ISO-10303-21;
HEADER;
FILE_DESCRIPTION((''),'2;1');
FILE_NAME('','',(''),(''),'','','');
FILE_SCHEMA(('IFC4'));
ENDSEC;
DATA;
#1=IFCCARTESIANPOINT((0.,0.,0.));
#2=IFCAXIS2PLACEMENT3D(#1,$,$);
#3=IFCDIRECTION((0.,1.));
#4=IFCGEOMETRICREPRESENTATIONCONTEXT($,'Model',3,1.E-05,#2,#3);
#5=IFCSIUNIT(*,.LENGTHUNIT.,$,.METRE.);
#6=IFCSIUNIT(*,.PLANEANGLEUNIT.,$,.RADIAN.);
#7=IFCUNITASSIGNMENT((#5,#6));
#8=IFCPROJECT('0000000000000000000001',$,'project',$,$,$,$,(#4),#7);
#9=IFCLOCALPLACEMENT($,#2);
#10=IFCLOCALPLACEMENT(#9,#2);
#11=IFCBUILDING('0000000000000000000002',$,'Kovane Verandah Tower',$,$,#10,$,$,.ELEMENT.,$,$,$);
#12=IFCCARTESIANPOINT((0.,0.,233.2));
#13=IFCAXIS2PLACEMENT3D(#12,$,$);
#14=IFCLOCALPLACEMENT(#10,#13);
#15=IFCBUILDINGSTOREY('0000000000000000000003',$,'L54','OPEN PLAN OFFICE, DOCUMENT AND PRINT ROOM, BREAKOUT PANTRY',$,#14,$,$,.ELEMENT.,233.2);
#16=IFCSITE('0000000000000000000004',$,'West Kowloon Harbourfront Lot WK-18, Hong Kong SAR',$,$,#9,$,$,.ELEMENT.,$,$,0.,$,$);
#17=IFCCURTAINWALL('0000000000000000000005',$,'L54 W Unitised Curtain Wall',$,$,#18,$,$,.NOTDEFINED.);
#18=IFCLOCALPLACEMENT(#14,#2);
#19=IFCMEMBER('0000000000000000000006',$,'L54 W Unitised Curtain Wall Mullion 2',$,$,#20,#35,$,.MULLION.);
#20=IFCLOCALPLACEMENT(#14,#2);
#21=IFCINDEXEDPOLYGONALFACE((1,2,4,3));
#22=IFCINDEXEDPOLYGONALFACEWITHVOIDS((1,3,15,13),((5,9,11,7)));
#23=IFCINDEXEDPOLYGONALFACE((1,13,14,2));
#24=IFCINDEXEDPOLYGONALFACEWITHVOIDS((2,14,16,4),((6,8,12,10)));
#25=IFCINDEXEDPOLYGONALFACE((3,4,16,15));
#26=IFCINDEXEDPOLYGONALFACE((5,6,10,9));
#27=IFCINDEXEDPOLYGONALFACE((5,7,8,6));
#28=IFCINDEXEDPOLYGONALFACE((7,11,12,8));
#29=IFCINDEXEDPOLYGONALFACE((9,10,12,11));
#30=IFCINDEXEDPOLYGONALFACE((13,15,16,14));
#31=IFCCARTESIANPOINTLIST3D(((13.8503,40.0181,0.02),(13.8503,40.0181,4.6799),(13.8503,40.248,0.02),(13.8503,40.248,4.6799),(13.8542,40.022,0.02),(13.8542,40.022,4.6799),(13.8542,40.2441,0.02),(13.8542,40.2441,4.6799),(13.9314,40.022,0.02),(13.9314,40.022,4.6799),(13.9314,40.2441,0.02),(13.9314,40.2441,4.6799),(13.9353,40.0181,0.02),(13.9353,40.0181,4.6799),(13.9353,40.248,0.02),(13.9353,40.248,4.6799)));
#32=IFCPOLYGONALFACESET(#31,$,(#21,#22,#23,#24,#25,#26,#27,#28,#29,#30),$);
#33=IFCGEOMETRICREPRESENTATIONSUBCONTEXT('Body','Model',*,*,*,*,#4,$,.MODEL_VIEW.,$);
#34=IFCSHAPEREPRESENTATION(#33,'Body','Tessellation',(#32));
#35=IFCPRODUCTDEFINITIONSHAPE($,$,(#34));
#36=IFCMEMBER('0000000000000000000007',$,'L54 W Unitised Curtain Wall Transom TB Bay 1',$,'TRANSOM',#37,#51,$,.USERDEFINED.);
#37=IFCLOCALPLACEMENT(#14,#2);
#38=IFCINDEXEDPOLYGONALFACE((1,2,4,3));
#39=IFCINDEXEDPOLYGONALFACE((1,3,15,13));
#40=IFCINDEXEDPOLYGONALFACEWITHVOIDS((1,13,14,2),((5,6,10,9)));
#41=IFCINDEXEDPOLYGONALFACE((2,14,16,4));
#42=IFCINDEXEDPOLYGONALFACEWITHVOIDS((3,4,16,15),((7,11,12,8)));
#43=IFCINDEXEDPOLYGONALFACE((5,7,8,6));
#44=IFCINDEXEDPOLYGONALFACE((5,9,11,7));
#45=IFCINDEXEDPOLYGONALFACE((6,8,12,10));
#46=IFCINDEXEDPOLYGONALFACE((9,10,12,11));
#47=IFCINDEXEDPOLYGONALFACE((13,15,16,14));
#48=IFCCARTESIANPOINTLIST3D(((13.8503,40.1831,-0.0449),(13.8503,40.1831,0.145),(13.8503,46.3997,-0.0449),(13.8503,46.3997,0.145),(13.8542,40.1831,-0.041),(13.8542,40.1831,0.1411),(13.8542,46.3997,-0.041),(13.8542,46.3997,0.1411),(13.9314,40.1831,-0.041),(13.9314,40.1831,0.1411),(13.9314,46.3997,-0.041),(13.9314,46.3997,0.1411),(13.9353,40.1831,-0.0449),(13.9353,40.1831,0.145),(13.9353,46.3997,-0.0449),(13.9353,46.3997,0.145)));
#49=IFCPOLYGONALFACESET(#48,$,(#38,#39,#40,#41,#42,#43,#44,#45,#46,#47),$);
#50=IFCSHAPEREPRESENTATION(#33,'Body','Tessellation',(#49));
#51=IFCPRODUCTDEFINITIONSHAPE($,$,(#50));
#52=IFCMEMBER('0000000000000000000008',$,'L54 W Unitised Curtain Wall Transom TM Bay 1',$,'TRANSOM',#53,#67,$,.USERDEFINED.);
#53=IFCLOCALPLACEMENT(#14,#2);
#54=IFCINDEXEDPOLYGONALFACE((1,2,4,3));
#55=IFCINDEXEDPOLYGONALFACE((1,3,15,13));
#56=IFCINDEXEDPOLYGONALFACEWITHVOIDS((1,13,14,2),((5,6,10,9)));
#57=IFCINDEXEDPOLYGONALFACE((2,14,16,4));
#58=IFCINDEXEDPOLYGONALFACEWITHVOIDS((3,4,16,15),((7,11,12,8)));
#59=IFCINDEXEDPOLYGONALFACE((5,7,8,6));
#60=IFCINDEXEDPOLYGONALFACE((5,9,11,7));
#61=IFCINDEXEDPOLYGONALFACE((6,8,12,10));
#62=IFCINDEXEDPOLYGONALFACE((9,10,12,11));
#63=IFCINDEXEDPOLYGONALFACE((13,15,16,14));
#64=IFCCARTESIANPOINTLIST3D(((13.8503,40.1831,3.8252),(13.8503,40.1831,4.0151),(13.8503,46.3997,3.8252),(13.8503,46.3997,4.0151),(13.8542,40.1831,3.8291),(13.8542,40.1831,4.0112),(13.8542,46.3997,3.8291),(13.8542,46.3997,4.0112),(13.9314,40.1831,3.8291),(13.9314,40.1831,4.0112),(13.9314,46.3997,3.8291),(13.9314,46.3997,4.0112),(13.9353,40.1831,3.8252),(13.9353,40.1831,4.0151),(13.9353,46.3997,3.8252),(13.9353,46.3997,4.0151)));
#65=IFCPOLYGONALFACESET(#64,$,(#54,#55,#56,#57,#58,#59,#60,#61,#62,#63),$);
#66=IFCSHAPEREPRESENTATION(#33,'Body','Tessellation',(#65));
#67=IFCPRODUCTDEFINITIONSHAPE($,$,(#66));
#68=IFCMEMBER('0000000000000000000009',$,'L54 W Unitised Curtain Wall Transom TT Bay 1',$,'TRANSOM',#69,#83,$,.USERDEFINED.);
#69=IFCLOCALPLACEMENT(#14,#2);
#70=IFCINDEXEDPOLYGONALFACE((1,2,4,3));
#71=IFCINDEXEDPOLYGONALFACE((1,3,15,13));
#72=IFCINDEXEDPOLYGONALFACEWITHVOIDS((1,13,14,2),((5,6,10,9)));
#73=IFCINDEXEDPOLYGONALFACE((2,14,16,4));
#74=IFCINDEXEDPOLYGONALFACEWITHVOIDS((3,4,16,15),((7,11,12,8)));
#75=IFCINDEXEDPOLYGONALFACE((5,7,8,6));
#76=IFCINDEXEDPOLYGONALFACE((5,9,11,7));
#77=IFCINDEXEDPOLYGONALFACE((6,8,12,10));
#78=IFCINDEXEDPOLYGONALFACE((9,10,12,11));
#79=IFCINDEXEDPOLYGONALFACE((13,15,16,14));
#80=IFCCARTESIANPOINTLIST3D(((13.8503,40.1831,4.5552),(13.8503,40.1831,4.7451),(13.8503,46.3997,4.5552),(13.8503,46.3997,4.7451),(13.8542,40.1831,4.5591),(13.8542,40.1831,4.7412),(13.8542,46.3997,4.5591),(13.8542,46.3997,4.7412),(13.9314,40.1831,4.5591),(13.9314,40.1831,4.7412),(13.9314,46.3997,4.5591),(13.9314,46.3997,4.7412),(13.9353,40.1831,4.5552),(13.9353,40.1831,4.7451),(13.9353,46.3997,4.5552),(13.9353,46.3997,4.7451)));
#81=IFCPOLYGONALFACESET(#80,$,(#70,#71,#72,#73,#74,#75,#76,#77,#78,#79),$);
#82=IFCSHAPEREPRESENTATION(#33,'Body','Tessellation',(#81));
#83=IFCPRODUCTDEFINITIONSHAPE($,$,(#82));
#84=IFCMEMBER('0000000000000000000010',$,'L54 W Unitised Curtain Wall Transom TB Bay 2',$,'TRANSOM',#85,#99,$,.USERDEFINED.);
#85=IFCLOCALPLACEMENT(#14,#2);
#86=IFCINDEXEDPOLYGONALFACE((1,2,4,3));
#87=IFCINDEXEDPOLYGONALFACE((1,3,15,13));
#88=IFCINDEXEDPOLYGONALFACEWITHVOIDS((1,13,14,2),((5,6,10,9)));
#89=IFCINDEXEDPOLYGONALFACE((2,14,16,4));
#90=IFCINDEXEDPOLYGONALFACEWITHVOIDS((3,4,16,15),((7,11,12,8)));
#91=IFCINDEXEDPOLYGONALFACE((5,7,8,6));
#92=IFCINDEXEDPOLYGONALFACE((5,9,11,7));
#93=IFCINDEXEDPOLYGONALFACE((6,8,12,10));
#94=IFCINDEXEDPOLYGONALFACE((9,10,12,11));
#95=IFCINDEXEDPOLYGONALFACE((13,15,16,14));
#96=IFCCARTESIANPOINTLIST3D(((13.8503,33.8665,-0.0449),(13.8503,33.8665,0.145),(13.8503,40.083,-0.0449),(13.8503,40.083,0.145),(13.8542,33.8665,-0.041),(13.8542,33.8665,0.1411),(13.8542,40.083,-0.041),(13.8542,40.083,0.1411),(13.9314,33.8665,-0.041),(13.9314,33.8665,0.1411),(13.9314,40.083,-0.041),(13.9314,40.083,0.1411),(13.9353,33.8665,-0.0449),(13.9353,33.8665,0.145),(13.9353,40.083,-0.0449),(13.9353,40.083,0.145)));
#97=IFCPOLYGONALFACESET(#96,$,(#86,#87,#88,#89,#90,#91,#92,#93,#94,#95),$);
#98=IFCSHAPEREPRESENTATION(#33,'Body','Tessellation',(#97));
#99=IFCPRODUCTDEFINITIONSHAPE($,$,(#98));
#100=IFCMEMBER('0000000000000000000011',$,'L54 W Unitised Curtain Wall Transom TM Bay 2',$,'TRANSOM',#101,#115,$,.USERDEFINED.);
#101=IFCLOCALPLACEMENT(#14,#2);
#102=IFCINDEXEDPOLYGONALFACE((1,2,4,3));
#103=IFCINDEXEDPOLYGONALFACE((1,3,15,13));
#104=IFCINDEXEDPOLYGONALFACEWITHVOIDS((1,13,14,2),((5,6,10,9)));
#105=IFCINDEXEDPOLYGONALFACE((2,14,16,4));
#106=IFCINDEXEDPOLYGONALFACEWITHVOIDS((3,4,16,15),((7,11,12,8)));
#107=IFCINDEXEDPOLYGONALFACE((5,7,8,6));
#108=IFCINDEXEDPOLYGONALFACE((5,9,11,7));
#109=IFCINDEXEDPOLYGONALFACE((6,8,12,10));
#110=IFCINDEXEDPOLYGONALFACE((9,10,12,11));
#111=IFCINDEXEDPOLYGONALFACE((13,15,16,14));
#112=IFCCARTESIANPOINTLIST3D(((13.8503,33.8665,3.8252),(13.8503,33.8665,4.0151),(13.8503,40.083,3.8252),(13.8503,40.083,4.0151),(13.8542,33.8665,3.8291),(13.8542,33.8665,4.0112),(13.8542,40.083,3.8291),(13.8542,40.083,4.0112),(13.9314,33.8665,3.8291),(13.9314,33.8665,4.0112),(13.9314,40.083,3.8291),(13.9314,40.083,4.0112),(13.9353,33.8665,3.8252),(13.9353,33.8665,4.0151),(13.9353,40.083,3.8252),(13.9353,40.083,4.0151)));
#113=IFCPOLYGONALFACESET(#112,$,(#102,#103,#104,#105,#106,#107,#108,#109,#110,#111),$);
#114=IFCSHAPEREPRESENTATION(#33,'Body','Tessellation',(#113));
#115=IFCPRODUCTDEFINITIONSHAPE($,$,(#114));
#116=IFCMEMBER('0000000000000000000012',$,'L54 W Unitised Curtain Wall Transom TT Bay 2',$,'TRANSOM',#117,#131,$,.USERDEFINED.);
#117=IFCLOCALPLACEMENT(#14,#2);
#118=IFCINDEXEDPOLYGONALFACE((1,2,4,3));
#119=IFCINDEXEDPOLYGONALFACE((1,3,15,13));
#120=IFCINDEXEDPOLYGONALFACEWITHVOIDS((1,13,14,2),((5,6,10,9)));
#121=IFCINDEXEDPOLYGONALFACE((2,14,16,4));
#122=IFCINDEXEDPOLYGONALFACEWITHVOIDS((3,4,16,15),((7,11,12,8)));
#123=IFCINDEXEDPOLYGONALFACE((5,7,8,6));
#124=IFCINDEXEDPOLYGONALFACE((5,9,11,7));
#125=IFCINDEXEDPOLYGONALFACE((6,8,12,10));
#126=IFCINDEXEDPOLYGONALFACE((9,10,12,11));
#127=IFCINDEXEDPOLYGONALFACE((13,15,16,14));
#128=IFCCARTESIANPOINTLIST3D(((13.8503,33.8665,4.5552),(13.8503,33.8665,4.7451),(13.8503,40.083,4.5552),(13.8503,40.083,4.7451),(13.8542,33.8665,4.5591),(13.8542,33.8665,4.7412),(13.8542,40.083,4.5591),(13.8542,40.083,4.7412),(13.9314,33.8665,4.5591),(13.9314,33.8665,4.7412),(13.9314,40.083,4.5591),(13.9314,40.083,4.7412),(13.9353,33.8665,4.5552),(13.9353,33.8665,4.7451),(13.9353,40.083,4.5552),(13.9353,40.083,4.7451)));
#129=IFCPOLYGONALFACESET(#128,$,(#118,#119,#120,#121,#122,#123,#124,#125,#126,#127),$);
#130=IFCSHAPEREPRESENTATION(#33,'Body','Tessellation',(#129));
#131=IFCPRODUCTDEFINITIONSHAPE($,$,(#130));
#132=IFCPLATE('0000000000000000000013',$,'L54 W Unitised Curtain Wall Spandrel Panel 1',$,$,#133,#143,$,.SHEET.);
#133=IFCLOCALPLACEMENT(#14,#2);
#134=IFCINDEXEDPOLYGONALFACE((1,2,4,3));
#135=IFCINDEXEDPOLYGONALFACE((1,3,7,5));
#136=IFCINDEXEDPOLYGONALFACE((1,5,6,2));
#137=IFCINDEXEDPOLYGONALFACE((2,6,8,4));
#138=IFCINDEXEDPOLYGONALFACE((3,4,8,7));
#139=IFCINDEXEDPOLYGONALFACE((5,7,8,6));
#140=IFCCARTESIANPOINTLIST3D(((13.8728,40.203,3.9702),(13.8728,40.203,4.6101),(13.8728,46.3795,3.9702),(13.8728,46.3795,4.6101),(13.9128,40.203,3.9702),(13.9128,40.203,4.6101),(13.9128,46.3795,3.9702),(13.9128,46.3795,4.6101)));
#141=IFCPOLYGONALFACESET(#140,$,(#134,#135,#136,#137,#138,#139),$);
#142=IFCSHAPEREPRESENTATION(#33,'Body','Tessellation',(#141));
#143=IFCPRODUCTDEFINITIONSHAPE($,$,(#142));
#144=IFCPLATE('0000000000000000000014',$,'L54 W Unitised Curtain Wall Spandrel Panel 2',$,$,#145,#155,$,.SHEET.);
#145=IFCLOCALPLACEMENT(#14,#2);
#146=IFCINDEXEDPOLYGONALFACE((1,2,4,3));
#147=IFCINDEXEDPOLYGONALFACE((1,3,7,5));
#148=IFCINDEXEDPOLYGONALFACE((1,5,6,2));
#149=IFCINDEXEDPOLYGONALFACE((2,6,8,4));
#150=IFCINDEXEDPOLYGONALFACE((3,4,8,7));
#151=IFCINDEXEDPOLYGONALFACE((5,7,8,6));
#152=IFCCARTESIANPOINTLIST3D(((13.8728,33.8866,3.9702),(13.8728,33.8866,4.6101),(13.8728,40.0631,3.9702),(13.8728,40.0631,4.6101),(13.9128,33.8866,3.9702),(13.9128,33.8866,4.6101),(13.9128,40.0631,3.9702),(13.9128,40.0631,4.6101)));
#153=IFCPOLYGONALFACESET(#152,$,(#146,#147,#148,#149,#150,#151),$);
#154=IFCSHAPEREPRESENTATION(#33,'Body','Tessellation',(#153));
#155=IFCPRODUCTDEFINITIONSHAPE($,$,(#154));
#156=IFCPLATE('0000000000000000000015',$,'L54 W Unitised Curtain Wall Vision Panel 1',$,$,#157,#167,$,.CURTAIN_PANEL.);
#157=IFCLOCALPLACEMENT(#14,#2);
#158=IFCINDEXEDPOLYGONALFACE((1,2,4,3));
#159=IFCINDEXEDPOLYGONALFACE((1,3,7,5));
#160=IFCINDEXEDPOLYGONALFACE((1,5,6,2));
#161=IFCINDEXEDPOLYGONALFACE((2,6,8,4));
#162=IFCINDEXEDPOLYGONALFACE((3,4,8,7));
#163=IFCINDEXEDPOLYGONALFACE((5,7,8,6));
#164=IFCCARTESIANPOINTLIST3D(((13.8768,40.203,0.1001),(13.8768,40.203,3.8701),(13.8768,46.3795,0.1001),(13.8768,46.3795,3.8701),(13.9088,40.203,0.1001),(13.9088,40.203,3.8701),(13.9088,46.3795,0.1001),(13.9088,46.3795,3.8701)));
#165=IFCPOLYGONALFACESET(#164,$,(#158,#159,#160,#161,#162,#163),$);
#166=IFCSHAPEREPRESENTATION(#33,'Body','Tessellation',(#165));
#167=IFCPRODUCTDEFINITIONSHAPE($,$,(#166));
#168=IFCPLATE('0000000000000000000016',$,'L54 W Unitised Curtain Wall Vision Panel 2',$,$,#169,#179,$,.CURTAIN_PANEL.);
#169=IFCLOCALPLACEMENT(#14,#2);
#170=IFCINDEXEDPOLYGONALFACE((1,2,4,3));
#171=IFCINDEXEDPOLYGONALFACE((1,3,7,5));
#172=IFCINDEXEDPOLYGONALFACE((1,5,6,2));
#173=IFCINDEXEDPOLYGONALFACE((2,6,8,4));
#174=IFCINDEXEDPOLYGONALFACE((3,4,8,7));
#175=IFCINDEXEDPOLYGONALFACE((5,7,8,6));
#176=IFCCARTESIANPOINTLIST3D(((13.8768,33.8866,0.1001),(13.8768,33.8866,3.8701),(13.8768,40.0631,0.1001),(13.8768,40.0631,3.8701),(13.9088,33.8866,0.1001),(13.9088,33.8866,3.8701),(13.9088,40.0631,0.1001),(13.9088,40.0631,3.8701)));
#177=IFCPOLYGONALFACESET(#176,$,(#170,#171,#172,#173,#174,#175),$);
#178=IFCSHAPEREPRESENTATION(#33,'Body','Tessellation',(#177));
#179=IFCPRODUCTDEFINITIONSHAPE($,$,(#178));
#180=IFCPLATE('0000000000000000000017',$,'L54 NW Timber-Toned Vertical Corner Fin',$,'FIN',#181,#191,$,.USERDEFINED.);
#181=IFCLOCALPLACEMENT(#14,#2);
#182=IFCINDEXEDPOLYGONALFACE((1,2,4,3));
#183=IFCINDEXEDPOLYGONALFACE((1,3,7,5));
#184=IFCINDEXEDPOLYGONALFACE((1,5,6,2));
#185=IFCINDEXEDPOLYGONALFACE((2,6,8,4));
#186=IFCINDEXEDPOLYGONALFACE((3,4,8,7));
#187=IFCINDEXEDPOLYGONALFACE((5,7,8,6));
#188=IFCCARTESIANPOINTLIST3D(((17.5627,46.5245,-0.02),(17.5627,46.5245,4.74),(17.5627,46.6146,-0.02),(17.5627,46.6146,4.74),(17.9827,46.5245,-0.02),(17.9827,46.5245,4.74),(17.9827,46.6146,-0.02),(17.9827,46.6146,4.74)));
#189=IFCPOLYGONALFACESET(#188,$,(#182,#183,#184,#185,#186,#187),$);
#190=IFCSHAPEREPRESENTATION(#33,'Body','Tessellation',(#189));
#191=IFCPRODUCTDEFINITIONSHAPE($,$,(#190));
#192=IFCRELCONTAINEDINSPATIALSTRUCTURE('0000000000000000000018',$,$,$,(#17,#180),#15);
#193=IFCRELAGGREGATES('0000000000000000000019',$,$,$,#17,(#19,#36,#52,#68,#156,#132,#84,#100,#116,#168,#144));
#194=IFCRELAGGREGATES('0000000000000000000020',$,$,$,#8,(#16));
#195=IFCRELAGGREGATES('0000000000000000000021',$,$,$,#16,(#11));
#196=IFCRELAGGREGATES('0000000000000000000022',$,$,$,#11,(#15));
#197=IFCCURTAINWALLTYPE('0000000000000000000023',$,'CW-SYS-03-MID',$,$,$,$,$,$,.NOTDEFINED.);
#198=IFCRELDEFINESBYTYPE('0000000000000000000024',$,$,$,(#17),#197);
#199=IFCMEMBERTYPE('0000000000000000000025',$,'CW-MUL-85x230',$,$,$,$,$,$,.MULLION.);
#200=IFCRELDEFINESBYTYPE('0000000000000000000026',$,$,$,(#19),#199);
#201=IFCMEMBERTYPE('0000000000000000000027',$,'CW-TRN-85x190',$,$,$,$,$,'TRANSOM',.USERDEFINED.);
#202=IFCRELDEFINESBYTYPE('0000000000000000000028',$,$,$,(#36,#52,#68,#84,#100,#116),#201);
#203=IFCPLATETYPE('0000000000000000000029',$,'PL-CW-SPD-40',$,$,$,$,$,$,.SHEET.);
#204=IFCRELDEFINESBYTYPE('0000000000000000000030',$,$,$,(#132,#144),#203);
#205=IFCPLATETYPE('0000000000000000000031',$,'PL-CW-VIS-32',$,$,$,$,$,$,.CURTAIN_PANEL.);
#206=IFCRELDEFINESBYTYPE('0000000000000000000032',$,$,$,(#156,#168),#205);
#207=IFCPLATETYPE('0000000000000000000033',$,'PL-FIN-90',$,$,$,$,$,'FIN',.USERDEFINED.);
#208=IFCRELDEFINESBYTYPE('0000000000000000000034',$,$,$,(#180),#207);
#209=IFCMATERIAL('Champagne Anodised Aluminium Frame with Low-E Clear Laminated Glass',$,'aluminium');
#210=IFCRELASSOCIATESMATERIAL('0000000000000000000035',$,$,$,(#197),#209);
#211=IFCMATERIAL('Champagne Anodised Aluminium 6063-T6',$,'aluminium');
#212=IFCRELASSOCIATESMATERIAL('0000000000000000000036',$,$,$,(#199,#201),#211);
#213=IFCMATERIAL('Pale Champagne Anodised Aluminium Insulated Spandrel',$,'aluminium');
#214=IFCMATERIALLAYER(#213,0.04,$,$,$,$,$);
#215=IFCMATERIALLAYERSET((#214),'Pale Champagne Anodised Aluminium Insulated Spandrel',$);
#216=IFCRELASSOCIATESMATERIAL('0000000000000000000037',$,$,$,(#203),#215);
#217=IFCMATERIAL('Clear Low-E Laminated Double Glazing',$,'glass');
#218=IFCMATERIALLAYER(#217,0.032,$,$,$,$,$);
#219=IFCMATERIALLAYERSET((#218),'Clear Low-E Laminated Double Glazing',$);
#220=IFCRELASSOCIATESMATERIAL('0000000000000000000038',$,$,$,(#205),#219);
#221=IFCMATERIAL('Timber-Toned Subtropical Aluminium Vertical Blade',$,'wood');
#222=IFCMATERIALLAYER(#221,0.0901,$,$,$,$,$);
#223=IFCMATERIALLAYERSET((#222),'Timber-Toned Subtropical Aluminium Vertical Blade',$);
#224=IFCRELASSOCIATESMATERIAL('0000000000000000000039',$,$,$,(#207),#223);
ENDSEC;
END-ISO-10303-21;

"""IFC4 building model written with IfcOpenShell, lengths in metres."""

from ifc_helpers import new_model, si_unit, direction, frame, origin, origin_2d, place, context, subcontext, project, spatial, rectangle, hollow_rectangle, extrude, material, layer, layer_set, material_profile, profile_set, type_object, element, aggregate, save


model = new_model("IFC4")

# Units and contexts
model_context = context("Model", 3, precision=1e-05, world=origin(), true_north=direction((0.0, 1.0)))
body_context = subcontext(model_context, "Body", "Model", "MODEL_VIEW")
ifc_project = project(units=[si_unit("LENGTHUNIT", "METRE"), si_unit("PLANEANGLEUNIT", "RADIAN")], contexts=[model_context])

# Site, building, storey
site_placement = place(None, origin())
site = spatial("IfcSite", under=ifc_project, at=site_placement, Name="West Kowloon Harbourfront Lot WK-18, Hong Kong SAR", CompositionType="ELEMENT", RefElevation=0.0)
building_placement = place(site_placement, origin())
building = spatial("IfcBuilding", under=site, at=building_placement, Name="Kovane Verandah Tower", CompositionType="ELEMENT")
storey_placement = place(building_placement, frame((0.0, 0.0, 233.2)))
storey = spatial("IfcBuildingStorey", under=building, at=storey_placement, Name="L54", Description="OPEN PLAN OFFICE, DOCUMENT AND PRINT ROOM, BREAKOUT PANTRY", CompositionType="ELEMENT", Elevation=233.2)

# Curtain wall, members, plates
ifc_material_1 = material(Name="Champagne Anodised Aluminium Frame with Low-E Clear Laminated Glass", Category="aluminium")
curtain_wall_type = type_object("IfcCurtainWallType", Name="CW-SYS-03-MID", PredefinedType="NOTDEFINED", material=ifc_material_1)
curtain_wall_placement = place(storey_placement, origin())
curtain_wall = element("IfcCurtainWall", 1, at=curtain_wall_placement, inside=storey, type_object=curtain_wall_type, Name="L54 W Unitised Curtain Wall", PredefinedType="NOTDEFINED")
ifc_material_2 = material(Name="Champagne Anodised Aluminium 6063-T6", Category="aluminium")
ifc_material_profile_1 = material_profile(ifc_material_2, hollow_rectangle(XDim=0.085, YDim=0.23, WallThickness=0.0039, at=origin_2d()), Name="AL85x230x4")
ifc_profile_set_1 = profile_set([ifc_material_profile_1], Name="Champagne Anodised Aluminium 6063-T6")
member_type_1 = type_object("IfcMemberType", Name="CW-MUL-85x230", PredefinedType="MULLION", material=ifc_profile_set_1)
member_1_placement = place(storey_placement, frame((13.8928, 40.1331, 0.02), z_axis=(0.0, 0.0, 1.0), x_axis=(-1.0, 0.0, 0.0)))
member_1 = element("IfcMember", 2, at=member_1_placement, type_object=member_type_1, Name="L54 W Unitised Curtain Wall Mullion 2", PredefinedType="MULLION", context=body_context, shape_type="SweptSolid", body=[
    extrude(hollow_rectangle(XDim=0.085, YDim=0.23, WallThickness=0.0039, at=origin_2d()), origin(), (0.0, 0.0, 1.0), 4.6599),
])
ifc_material_profile_2 = material_profile(ifc_material_2, hollow_rectangle(XDim=0.085, YDim=0.1899, WallThickness=0.0039, at=origin_2d()), Name="AL85x190x4")
ifc_profile_set_2 = profile_set([ifc_material_profile_2], Name="Champagne Anodised Aluminium 6063-T6")
member_type_2 = type_object("IfcMemberType", Name="CW-TRN-85x190", ElementType="TRANSOM", PredefinedType="USERDEFINED", material=ifc_profile_set_2)
member_2_placement = place(storey_placement, frame((13.8928, 46.3997, 0.05), z_axis=(0.0, -1.0, 0.0), x_axis=(1.0, 0.0, 0.0)))
member_2 = element("IfcMember", 3, at=member_2_placement, type_object=member_type_2, Name="L54 W Unitised Curtain Wall Transom TB Bay 1", ObjectType="TRANSOM", PredefinedType="USERDEFINED", context=body_context, shape_type="SweptSolid", body=[
    extrude(hollow_rectangle(XDim=0.085, YDim=0.1899, WallThickness=0.0039, at=origin_2d()), origin(), (0.0, 0.0, 1.0), 6.2166),
])
member_3_placement = place(storey_placement, frame((13.8928, 46.3997, 3.9202), z_axis=(0.0, -1.0, 0.0), x_axis=(1.0, 0.0, 0.0)))
member_3 = element("IfcMember", 4, at=member_3_placement, type_object=member_type_2, Name="L54 W Unitised Curtain Wall Transom TM Bay 1", ObjectType="TRANSOM", PredefinedType="USERDEFINED", context=body_context, shape_type="SweptSolid", body=[
    extrude(hollow_rectangle(XDim=0.085, YDim=0.1899, WallThickness=0.0039, at=origin_2d()), origin(), (0.0, 0.0, 1.0), 6.2166),
])
member_4_placement = place(storey_placement, frame((13.8928, 46.3997, 4.6501), z_axis=(0.0, -1.0, 0.0), x_axis=(1.0, 0.0, 0.0)))
member_4 = element("IfcMember", 5, at=member_4_placement, type_object=member_type_2, Name="L54 W Unitised Curtain Wall Transom TT Bay 1", ObjectType="TRANSOM", PredefinedType="USERDEFINED", context=body_context, shape_type="SweptSolid", body=[
    extrude(hollow_rectangle(XDim=0.085, YDim=0.1899, WallThickness=0.0039, at=origin_2d()), origin(), (0.0, 0.0, 1.0), 6.2166),
])
member_5_placement = place(storey_placement, frame((13.8928, 40.083, 0.05), z_axis=(0.0, -1.0, 0.0), x_axis=(1.0, 0.0, 0.0)))
member_5 = element("IfcMember", 6, at=member_5_placement, type_object=member_type_2, Name="L54 W Unitised Curtain Wall Transom TB Bay 2", ObjectType="TRANSOM", PredefinedType="USERDEFINED", context=body_context, shape_type="SweptSolid", body=[
    extrude(hollow_rectangle(XDim=0.085, YDim=0.1899, WallThickness=0.0039, at=origin_2d()), origin(), (0.0, 0.0, 1.0), 6.2166),
])
member_6_placement = place(storey_placement, frame((13.8928, 40.083, 3.9202), z_axis=(0.0, -1.0, 0.0), x_axis=(1.0, 0.0, 0.0)))
member_6 = element("IfcMember", 7, at=member_6_placement, type_object=member_type_2, Name="L54 W Unitised Curtain Wall Transom TM Bay 2", ObjectType="TRANSOM", PredefinedType="USERDEFINED", context=body_context, shape_type="SweptSolid", body=[
    extrude(hollow_rectangle(XDim=0.085, YDim=0.1899, WallThickness=0.0039, at=origin_2d()), origin(), (0.0, 0.0, 1.0), 6.2166),
])
member_7_placement = place(storey_placement, frame((13.8928, 40.083, 4.6501), z_axis=(0.0, -1.0, 0.0), x_axis=(1.0, 0.0, 0.0)))
member_7 = element("IfcMember", 8, at=member_7_placement, type_object=member_type_2, Name="L54 W Unitised Curtain Wall Transom TT Bay 2", ObjectType="TRANSOM", PredefinedType="USERDEFINED", context=body_context, shape_type="SweptSolid", body=[
    extrude(hollow_rectangle(XDim=0.085, YDim=0.1899, WallThickness=0.0039, at=origin_2d()), origin(), (0.0, 0.0, 1.0), 6.2166),
])
ifc_material_3 = material(Name="Pale Champagne Anodised Aluminium Insulated Spandrel", Category="aluminium")
ifc_layer_1 = layer(ifc_material_3, 0.04)
ifc_layer_set_1 = layer_set([ifc_layer_1], Name="Pale Champagne Anodised Aluminium Insulated Spandrel")
plate_type_1 = type_object("IfcPlateType", Name="PL-CW-SPD-40", PredefinedType="SHEET", material=ifc_layer_set_1)
plate_1_placement = place(storey_placement, frame((13.8928, 43.2913, 3.9702), z_axis=(0.0, 0.0, 1.0), x_axis=(0.0, -1.0, 0.0)))
plate_1 = element("IfcPlate", 9, at=plate_1_placement, type_object=plate_type_1, Name="L54 W Unitised Curtain Wall Spandrel Panel 1", PredefinedType="SHEET", context=body_context, shape_type="SweptSolid", body=[
    extrude(rectangle(XDim=6.1765, YDim=0.04, at=origin_2d()), origin(), (0.0, 0.0, 1.0), 0.6399),
])
plate_2_placement = place(storey_placement, frame((13.8928, 36.9749, 3.9702), z_axis=(0.0, 0.0, 1.0), x_axis=(0.0, -1.0, 0.0)))
plate_2 = element("IfcPlate", 10, at=plate_2_placement, type_object=plate_type_1, Name="L54 W Unitised Curtain Wall Spandrel Panel 2", PredefinedType="SHEET", context=body_context, shape_type="SweptSolid", body=[
    extrude(rectangle(XDim=6.1765, YDim=0.04, at=origin_2d()), origin(), (0.0, 0.0, 1.0), 0.6399),
])
ifc_material_4 = material(Name="Clear Low-E Laminated Double Glazing", Category="glass")
ifc_layer_2 = layer(ifc_material_4, 0.032)
ifc_layer_set_2 = layer_set([ifc_layer_2], Name="Clear Low-E Laminated Double Glazing")
plate_type_2 = type_object("IfcPlateType", Name="PL-CW-VIS-32", PredefinedType="CURTAIN_PANEL", material=ifc_layer_set_2)
plate_3_placement = place(storey_placement, frame((13.8928, 43.2913, 0.1001), z_axis=(0.0, 0.0, 1.0), x_axis=(0.0, -1.0, 0.0)))
plate_3 = element("IfcPlate", 11, at=plate_3_placement, type_object=plate_type_2, Name="L54 W Unitised Curtain Wall Vision Panel 1", PredefinedType="CURTAIN_PANEL", context=body_context, shape_type="SweptSolid", body=[
    extrude(rectangle(XDim=6.1765, YDim=0.032, at=origin_2d()), origin(), (0.0, 0.0, 1.0), 3.77),
])
plate_4_placement = place(storey_placement, frame((13.8928, 36.9749, 0.1001), z_axis=(0.0, 0.0, 1.0), x_axis=(0.0, -1.0, 0.0)))
plate_4 = element("IfcPlate", 12, at=plate_4_placement, type_object=plate_type_2, Name="L54 W Unitised Curtain Wall Vision Panel 2", PredefinedType="CURTAIN_PANEL", context=body_context, shape_type="SweptSolid", body=[
    extrude(rectangle(XDim=6.1765, YDim=0.032, at=origin_2d()), origin(), (0.0, 0.0, 1.0), 3.77),
])
aggregate(curtain_wall, [member_1, member_2, member_3, member_4, plate_3, plate_1, member_5, member_6, member_7, plate_4, plate_2])

# Plate
ifc_material_5 = material(Name="Timber-Toned Subtropical Aluminium Vertical Blade", Category="wood")
ifc_layer_3 = layer(ifc_material_5, 0.0901)
ifc_layer_set_3 = layer_set([ifc_layer_3], Name="Timber-Toned Subtropical Aluminium Vertical Blade")
plate_type_3 = type_object("IfcPlateType", Name="PL-FIN-90", ElementType="FIN", PredefinedType="USERDEFINED", material=ifc_layer_set_3)
plate_5_placement = place(storey_placement, frame((17.7727, 46.5696, -0.02), z_axis=(0.0, 0.0, 1.0), x_axis=(1.0, 0.0, 0.0)))
element("IfcPlate", 13, at=plate_5_placement, inside=storey, type_object=plate_type_3, Name="L54 NW Timber-Toned Vertical Corner Fin", ObjectType="FIN", PredefinedType="USERDEFINED", context=body_context, shape_type="SweptSolid", body=[
    extrude(rectangle(XDim=0.4199, YDim=0.0901, at=origin_2d()), origin(), (0.0, 0.0, 1.0), 4.76),
])

save(model, "model.ifc")
